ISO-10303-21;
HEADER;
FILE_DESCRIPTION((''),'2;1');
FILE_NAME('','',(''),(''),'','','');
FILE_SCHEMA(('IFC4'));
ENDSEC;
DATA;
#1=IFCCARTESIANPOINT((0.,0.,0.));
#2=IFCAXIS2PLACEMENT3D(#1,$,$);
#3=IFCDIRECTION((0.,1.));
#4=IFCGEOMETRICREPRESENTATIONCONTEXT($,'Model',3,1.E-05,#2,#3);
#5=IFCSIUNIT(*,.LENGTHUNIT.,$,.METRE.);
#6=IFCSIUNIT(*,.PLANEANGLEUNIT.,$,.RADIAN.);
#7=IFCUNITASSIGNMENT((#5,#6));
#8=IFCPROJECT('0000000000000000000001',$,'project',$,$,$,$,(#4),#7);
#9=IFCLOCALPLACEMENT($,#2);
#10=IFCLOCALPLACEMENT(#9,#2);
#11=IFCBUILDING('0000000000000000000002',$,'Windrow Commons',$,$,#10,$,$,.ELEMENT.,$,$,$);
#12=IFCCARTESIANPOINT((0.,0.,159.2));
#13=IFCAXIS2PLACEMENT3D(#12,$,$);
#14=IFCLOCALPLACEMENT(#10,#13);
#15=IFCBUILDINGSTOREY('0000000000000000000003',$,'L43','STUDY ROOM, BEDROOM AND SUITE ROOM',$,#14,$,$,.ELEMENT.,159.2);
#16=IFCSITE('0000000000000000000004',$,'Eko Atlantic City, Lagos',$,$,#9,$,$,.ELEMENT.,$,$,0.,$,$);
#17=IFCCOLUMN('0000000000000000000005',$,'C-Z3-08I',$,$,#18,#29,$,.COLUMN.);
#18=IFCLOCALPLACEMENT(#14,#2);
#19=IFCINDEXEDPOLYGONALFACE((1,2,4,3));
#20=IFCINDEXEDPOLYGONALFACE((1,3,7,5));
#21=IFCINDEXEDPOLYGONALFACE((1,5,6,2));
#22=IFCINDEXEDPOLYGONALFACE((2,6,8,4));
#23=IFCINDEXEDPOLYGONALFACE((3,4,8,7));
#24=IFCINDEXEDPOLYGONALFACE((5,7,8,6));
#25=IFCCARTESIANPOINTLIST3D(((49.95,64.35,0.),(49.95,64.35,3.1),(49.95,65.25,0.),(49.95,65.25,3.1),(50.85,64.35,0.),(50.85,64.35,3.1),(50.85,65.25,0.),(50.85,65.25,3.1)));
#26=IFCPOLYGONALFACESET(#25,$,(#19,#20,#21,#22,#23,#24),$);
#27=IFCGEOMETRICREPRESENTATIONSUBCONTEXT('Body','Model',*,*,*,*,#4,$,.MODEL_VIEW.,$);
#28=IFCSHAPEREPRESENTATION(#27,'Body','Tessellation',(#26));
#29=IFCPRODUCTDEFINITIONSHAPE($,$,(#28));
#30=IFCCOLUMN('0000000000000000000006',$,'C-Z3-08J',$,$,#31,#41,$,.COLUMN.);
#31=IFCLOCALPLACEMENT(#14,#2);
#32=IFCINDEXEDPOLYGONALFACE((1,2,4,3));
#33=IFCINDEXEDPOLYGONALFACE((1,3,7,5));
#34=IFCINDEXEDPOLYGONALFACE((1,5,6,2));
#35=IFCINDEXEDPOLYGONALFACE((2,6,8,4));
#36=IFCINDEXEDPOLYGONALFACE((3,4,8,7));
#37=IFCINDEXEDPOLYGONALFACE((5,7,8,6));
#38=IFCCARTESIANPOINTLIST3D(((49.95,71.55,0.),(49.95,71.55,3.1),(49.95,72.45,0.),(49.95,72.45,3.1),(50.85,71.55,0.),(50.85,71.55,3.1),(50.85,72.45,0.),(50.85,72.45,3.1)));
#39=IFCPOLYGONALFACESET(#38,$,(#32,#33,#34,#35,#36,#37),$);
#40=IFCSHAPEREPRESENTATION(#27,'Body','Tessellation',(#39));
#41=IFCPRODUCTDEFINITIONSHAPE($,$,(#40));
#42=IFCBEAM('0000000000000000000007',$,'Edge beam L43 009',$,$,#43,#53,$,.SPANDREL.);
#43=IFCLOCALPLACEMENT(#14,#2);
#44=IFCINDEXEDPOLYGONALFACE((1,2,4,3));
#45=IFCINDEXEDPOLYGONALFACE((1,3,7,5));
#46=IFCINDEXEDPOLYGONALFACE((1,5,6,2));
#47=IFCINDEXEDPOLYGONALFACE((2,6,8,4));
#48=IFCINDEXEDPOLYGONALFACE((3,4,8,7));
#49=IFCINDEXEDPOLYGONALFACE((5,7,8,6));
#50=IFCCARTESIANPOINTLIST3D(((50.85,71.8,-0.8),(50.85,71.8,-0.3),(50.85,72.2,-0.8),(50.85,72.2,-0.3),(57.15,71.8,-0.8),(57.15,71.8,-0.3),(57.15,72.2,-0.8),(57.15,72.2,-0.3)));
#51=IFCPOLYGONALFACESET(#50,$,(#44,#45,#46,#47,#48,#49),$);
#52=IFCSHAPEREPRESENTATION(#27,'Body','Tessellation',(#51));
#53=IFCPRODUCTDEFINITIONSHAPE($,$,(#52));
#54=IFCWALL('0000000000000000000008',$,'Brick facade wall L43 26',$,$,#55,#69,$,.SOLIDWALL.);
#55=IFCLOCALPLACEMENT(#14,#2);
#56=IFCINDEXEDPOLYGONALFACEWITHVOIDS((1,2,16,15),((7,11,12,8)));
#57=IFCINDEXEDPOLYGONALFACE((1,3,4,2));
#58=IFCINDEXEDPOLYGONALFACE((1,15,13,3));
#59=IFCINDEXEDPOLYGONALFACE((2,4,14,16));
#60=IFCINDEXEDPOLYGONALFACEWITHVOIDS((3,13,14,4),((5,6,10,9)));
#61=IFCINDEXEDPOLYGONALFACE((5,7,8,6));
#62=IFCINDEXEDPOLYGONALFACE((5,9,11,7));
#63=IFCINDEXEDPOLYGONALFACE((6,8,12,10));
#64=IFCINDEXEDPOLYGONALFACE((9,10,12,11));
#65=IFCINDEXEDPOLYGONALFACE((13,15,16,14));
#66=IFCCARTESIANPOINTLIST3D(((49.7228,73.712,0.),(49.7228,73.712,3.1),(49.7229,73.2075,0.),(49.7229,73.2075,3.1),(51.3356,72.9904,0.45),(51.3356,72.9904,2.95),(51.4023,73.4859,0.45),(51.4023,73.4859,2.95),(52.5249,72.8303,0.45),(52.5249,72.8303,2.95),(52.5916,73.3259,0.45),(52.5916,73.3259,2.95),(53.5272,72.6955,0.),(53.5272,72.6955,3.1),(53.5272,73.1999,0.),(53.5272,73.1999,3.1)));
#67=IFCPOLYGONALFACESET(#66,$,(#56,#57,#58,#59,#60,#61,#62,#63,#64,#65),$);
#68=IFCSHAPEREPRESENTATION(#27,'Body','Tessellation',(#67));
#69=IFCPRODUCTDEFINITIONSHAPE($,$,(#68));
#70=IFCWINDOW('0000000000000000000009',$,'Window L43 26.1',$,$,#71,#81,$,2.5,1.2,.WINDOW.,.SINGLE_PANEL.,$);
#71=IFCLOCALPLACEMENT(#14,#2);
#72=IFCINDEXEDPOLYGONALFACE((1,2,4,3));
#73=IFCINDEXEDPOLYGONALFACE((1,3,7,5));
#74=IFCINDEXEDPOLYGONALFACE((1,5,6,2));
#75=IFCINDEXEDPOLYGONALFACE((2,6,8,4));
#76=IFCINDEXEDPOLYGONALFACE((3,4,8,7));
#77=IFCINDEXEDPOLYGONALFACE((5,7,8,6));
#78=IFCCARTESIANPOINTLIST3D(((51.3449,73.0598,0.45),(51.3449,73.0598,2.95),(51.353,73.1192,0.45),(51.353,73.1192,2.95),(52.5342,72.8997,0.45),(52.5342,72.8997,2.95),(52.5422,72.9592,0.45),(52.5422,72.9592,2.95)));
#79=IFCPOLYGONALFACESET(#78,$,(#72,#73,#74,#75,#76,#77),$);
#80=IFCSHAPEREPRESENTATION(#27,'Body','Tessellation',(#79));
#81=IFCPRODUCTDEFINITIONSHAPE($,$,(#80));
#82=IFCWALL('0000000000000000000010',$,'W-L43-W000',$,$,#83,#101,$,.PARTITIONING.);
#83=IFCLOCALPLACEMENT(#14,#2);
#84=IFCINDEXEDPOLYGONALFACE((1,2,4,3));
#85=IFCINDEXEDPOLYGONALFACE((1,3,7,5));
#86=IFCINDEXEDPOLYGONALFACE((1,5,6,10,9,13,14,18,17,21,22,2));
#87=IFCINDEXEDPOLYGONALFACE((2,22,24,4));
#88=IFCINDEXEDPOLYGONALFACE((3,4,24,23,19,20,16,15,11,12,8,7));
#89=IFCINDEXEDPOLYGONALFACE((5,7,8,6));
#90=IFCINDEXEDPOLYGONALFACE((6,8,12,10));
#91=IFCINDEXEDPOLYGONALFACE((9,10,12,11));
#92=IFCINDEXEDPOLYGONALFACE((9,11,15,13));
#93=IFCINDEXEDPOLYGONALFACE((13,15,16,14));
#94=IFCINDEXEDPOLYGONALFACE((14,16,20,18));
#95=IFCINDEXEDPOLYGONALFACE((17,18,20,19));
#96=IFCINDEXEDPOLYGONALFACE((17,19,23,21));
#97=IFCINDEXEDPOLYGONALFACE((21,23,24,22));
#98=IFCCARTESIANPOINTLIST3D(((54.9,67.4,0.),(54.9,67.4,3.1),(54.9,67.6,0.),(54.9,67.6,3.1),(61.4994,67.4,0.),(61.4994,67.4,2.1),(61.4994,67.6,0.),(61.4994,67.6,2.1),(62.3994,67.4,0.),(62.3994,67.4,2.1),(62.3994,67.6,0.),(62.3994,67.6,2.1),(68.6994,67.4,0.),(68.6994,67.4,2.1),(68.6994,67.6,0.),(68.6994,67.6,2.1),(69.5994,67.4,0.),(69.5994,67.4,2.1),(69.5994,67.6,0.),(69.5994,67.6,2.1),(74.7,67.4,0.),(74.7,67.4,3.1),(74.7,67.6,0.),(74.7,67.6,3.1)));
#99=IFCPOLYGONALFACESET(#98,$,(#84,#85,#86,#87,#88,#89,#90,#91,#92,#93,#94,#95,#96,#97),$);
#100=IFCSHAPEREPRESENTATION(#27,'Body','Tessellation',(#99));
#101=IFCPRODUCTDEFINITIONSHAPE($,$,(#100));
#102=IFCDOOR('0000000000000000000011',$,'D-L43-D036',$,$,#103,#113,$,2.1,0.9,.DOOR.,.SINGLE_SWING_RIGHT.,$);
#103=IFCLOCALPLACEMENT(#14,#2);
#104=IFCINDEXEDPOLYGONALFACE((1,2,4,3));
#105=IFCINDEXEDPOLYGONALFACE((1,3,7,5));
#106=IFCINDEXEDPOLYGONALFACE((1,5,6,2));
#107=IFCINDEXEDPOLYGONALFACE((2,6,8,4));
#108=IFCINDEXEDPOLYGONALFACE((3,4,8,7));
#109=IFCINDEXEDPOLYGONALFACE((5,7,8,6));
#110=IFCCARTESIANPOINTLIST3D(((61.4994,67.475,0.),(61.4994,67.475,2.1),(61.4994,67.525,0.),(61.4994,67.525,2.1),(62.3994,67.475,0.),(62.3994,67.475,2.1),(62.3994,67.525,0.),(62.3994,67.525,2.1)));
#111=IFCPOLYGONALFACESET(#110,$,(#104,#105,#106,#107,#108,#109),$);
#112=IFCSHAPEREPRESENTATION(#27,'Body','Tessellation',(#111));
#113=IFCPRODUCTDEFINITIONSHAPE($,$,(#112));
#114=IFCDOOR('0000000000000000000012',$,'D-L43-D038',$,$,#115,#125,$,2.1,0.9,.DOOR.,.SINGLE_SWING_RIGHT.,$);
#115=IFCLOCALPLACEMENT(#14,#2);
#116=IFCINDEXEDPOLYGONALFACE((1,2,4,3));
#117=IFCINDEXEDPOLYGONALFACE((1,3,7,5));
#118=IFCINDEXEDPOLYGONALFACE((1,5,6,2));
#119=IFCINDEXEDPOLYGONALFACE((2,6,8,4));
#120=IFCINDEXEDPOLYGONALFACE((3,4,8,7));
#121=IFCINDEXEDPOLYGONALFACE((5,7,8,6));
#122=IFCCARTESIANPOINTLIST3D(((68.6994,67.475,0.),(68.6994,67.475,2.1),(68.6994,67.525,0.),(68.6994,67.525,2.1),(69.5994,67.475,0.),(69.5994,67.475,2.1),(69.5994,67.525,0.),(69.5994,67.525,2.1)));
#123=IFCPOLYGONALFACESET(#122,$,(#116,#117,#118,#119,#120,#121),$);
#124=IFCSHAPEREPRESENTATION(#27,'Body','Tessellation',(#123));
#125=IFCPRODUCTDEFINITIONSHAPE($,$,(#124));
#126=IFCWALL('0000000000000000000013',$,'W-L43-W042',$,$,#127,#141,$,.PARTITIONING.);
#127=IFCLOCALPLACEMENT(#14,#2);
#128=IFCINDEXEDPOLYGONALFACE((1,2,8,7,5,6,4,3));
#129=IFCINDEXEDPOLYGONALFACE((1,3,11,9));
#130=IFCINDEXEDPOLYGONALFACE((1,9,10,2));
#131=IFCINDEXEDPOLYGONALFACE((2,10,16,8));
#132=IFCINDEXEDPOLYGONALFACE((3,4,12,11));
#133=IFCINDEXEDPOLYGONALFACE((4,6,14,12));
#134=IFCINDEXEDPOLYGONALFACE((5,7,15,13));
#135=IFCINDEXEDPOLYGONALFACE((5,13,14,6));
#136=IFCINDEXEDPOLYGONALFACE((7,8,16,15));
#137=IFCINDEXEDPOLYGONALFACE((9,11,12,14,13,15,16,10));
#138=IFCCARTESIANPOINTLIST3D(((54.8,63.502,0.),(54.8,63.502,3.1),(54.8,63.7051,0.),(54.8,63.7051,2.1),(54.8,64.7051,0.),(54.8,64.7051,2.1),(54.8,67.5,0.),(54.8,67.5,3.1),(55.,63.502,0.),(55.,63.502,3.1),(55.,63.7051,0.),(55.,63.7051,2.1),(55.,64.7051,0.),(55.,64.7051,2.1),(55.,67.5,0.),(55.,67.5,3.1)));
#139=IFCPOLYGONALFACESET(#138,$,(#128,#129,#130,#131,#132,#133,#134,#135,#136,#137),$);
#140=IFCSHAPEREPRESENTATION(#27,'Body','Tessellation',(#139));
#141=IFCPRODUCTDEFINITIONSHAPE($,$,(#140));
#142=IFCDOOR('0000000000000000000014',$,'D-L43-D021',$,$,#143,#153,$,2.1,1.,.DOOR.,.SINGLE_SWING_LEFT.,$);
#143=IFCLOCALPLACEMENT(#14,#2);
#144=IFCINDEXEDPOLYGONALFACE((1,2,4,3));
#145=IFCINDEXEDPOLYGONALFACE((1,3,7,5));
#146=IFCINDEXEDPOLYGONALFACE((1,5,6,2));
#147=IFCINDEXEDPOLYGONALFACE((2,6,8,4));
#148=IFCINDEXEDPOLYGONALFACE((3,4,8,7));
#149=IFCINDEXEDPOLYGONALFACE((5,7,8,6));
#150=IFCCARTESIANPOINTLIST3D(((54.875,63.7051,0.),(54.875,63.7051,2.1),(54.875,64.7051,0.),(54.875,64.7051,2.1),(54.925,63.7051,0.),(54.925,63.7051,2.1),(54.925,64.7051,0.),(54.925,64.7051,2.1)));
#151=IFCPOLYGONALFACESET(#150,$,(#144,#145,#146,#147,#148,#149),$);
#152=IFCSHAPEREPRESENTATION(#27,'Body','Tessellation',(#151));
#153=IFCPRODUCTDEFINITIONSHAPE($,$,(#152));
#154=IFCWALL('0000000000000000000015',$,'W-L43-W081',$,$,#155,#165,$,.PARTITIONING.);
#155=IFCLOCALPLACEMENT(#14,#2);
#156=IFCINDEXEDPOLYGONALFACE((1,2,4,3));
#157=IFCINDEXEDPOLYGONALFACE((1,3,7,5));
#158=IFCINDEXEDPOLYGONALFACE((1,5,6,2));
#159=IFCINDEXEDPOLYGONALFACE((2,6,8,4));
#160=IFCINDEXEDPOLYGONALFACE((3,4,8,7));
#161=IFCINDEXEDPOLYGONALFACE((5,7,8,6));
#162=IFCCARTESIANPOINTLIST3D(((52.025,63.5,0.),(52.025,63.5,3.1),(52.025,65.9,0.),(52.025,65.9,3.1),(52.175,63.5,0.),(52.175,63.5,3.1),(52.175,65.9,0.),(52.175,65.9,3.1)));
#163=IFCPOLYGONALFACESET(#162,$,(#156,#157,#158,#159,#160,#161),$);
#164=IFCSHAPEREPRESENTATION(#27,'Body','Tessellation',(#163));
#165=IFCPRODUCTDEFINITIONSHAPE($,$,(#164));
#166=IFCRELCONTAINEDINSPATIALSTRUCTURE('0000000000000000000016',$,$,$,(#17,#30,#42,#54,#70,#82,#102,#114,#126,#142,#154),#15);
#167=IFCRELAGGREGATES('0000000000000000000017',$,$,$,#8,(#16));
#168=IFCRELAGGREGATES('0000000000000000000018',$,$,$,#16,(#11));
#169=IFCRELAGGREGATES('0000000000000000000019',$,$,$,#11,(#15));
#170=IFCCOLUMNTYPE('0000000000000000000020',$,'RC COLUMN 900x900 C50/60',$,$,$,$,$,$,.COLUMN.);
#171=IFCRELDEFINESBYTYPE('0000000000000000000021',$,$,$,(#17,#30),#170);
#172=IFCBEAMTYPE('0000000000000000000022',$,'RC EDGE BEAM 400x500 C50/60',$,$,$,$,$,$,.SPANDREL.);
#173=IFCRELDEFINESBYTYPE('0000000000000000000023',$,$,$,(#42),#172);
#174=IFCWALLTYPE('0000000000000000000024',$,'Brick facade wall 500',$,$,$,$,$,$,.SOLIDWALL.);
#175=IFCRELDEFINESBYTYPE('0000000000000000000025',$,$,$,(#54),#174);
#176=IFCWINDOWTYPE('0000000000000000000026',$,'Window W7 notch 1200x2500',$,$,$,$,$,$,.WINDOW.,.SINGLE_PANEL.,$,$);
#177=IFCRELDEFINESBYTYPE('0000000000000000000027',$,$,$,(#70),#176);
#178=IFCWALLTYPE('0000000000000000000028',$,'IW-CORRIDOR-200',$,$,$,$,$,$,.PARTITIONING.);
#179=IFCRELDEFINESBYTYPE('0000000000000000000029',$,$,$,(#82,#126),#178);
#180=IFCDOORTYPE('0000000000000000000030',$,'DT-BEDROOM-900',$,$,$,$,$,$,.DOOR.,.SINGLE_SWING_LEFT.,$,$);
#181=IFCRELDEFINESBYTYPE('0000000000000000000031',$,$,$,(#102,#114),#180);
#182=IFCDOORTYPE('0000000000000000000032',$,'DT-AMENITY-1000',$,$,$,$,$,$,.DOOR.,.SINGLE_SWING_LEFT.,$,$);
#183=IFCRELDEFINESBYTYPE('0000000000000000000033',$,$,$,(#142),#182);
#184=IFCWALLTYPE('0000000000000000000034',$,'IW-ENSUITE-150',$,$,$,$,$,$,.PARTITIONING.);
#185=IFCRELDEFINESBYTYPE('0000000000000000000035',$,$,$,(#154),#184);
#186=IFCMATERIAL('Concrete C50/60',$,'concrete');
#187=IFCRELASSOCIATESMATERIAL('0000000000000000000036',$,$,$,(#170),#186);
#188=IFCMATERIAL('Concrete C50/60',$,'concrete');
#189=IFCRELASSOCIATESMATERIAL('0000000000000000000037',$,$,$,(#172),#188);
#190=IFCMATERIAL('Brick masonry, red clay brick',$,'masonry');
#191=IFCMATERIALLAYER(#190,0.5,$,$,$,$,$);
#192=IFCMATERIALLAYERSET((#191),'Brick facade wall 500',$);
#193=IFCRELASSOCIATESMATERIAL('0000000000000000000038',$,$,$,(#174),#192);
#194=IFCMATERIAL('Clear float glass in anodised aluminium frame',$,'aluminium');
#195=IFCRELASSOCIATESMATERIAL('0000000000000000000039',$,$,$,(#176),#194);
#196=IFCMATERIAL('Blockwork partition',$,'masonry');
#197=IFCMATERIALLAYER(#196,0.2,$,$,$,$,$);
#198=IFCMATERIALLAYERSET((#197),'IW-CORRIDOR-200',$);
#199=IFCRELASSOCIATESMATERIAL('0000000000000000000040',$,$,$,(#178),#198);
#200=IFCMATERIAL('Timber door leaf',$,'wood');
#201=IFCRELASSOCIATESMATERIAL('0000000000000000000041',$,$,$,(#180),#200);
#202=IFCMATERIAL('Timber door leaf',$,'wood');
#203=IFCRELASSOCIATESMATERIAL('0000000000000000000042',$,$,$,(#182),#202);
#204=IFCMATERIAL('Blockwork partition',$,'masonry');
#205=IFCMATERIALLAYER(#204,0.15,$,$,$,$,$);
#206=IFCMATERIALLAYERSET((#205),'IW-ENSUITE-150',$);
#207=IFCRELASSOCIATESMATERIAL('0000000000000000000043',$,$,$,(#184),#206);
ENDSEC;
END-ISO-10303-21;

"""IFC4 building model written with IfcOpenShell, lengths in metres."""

from ifc_helpers import new_model, si_unit, direction, frame, frame_2d, origin, origin_2d, place, context, subcontext, project, spatial, polyline, rectangle, outline, extrude, material, layer, layer_set, material_profile, profile_set, type_object, element, fill, save


model = new_model("IFC4")

# Units and contexts
model_context = context("Model", 3, precision=1e-05, world=origin(), true_north=direction((0.0, 1.0)))
body_context = subcontext(model_context, "Body", "Model", "MODEL_VIEW")
ifc_project = project(units=[si_unit("LENGTHUNIT", "METRE"), si_unit("PLANEANGLEUNIT", "RADIAN")], contexts=[model_context])

# Site, building, storey
site_placement = place(None, origin())
site = spatial("IfcSite", under=ifc_project, at=site_placement, Name="Eko Atlantic City, Lagos", CompositionType="ELEMENT", RefElevation=0.0)
building_placement = place(site_placement, origin())
building = spatial("IfcBuilding", under=site, at=building_placement, Name="Windrow Commons", CompositionType="ELEMENT")
storey_placement = place(building_placement, frame((0.0, 0.0, 159.2)))
storey = spatial("IfcBuildingStorey", under=building, at=storey_placement, Name="L43", Description="STUDY ROOM, BEDROOM AND SUITE ROOM", CompositionType="ELEMENT", Elevation=159.2)

# Columns
ifc_material_1 = material(Name="Concrete C50/60", Category="concrete")
ifc_material_profile_1 = material_profile(ifc_material_1, rectangle(XDim=0.9, YDim=0.9, at=origin_2d()))
ifc_profile_set_1 = profile_set([ifc_material_profile_1], Name="Concrete C50/60")
column_type = type_object("IfcColumnType", Name="RC COLUMN 900x900 C50/60", PredefinedType="COLUMN", material=ifc_profile_set_1)
for number, where, z_axis, x_axis, name in (
    (1, (50.4, 64.8, 0.0), (0.0, 0.0, 1.0), (1.0, 0.0, 0.0), "C-Z3-08I"),
    (2, (50.4, 72.0, 0.0), (0.0, 0.0, 1.0), (1.0, 0.0, 0.0), "C-Z3-08J"),
):
    element("IfcColumn", number, at=place(storey_placement, frame(where, z_axis=z_axis, x_axis=x_axis)), inside=storey, type_object=column_type, Name=name, PredefinedType="COLUMN", context=body_context, shape_type="SweptSolid", body=[
        extrude(rectangle(XDim=0.9, YDim=0.9, at=origin_2d()), origin(), (0.0, 0.0, 1.0), 3.1),
    ])

# Beam
ifc_material_2 = material(Name="Concrete C50/60", Category="concrete")
ifc_material_profile_2 = material_profile(ifc_material_2, rectangle(XDim=0.4, YDim=0.5, at=origin_2d()))
ifc_profile_set_2 = profile_set([ifc_material_profile_2], Name="Concrete C50/60")
beam_type = type_object("IfcBeamType", Name="RC EDGE BEAM 400x500 C50/60", PredefinedType="SPANDREL", material=ifc_profile_set_2)
beam_placement = place(storey_placement, frame((50.85, 72.0, -0.55), z_axis=(1.0, 0.0, 0.0), x_axis=(0.0, 1.0, 0.0)))
element("IfcBeam", 3, at=beam_placement, inside=storey, type_object=beam_type, Name="Edge beam L43 009", PredefinedType="SPANDREL", context=body_context, shape_type="SweptSolid", body=[
    extrude(rectangle(XDim=0.4, YDim=0.5, at=origin_2d()), origin(), (0.0, 0.0, 1.0), 6.3),
])

# Wall, opening, window
ifc_material_3 = material(Name="Brick masonry, red clay brick", Category="masonry")
ifc_layer_1 = layer(ifc_material_3, 0.5)
ifc_layer_set_1 = layer_set([ifc_layer_1], Name="Brick facade wall 500")
wall_type_1 = type_object("IfcWallType", Name="Brick facade wall 500", PredefinedType="SOLIDWALL", material=ifc_layer_set_1)
wall_1_placement = place(storey_placement, frame((53.5272, 72.9477, 0.0), z_axis=(0.0, 0.0, 1.0), x_axis=(-0.991065, 0.133382, 0.0)))
wall_1 = element("IfcWall", 4, at=wall_1_placement, inside=storey, type_object=wall_type_1, Name="Brick facade wall L43 26", PredefinedType="SOLIDWALL", context=body_context, shape_type="SweptSolid", body=[
    extrude(outline(polyline([(0.0336, -0.25), (3.8723, -0.25), (3.805, 0.25), (-0.0336, 0.25), (0.0336, -0.25)])), origin(), (0.0, 0.0, 1.0), 3.1),
])
opening_1_placement = place(wall_1_placement, frame((0.9777, 0.0, 0.45)))
opening_1 = element("IfcOpeningElement", 5, at=opening_1_placement, cuts=wall_1, PredefinedType="OPENING", context=body_context, shape_type="SweptSolid", body=[
    extrude(rectangle(XDim=1.2, YDim=2.5, at=frame_2d((0.6, 1.25))), frame((0.0, 0.26, 0.0), z_axis=(0.0, -1.0, 0.0), x_axis=(1.0, 0.0, 0.0)), (0.0, 0.0, 1.0), 0.52),
])
ifc_material_4 = material(Name="Clear float glass in anodised aluminium frame", Category="aluminium")
window_type = type_object("IfcWindowType", Name="Window W7 notch 1200x2500", PartitioningType="SINGLE_PANEL", PredefinedType="WINDOW", material=ifc_material_4)
window_placement = place(opening_1_placement, origin())
window = element("IfcWindow", 6, at=window_placement, inside=storey, type_object=window_type, Name="Window L43 26.1", OverallHeight=2.5, OverallWidth=1.2, PartitioningType="SINGLE_PANEL", PredefinedType="WINDOW", context=body_context, shape_type="SweptSolid", body=[
    extrude(rectangle(XDim=1.2, YDim=2.5, at=frame_2d((0.6, 1.25))), frame((0.0, 0.18, 0.0), z_axis=(0.0, -1.0, 0.0), x_axis=(1.0, 0.0, 0.0)), (0.0, 0.0, 1.0), 0.06),
])
fill(opening_1, window)

# Wall, openings, doors
ifc_material_5 = material(Name="Blockwork partition", Category="masonry")
ifc_layer_2 = layer(ifc_material_5, 0.2)
ifc_layer_set_2 = layer_set([ifc_layer_2], Name="IW-CORRIDOR-200")
wall_type_2 = type_object("IfcWallType", Name="IW-CORRIDOR-200", PredefinedType="PARTITIONING", material=ifc_layer_set_2)
wall_2_placement = place(storey_placement, frame((54.9, 67.5, 0.0), z_axis=(0.0, 0.0, 1.0), x_axis=(1.0, 0.0, 0.0)))
wall_2 = element("IfcWall", 7, at=wall_2_placement, inside=storey, type_object=wall_type_2, Name="W-L43-W000", PredefinedType="PARTITIONING", context=body_context, shape_type="SweptSolid", body=[
    extrude(rectangle(XDim=19.8, YDim=0.2, at=frame_2d((9.9, 0.0))), origin(), (0.0, 0.0, 1.0), 3.1),
])
opening_2_placement = place(wall_2_placement, frame((6.5994, 0.0, 0.0)))
opening_2 = element("IfcOpeningElement", 8, at=opening_2_placement, cuts=wall_2, PredefinedType="OPENING", context=body_context, shape_type="SweptSolid", body=[
    extrude(rectangle(XDim=0.9, YDim=2.1, at=frame_2d((0.45, 1.05))), frame((0.0, 0.11, 0.0), z_axis=(0.0, -1.0, 0.0), x_axis=(1.0, 0.0, 0.0)), (0.0, 0.0, 1.0), 0.22),
])
opening_3_placement = place(wall_2_placement, frame((13.7994, 0.0, 0.0)))
opening_3 = element("IfcOpeningElement", 9, at=opening_3_placement, cuts=wall_2, PredefinedType="OPENING", context=body_context, shape_type="SweptSolid", body=[
    extrude(rectangle(XDim=0.9, YDim=2.1, at=frame_2d((0.45, 1.05))), frame((0.0, 0.11, 0.0), z_axis=(0.0, -1.0, 0.0), x_axis=(1.0, 0.0, 0.0)), (0.0, 0.0, 1.0), 0.22),
])
ifc_material_6 = material(Name="Timber door leaf", Category="wood")
door_type_1 = type_object("IfcDoorType", Name="DT-BEDROOM-900", OperationType="SINGLE_SWING_LEFT", PredefinedType="DOOR", material=ifc_material_6)
door_1_placement = place(opening_2_placement, origin())
door_1 = element("IfcDoor", 10, at=door_1_placement, inside=storey, type_object=door_type_1, Name="D-L43-D036", OperationType="SINGLE_SWING_RIGHT", OverallHeight=2.1, OverallWidth=0.9, PredefinedType="DOOR", context=body_context, shape_type="SweptSolid", body=[
    extrude(rectangle(XDim=0.9, YDim=2.1, at=frame_2d((0.45, 1.05))), frame((0.0, 0.025, 0.0), z_axis=(0.0, -1.0, 0.0), x_axis=(1.0, 0.0, 0.0)), (0.0, 0.0, 1.0), 0.05),
])
fill(opening_2, door_1)
door_2_placement = place(opening_3_placement, origin())
door_2 = element("IfcDoor", 11, at=door_2_placement, inside=storey, type_object=door_type_1, Name="D-L43-D038", OperationType="SINGLE_SWING_RIGHT", OverallHeight=2.1, OverallWidth=0.9, PredefinedType="DOOR", context=body_context, shape_type="SweptSolid", body=[
    extrude(rectangle(XDim=0.9, YDim=2.1, at=frame_2d((0.45, 1.05))), frame((0.0, 0.025, 0.0), z_axis=(0.0, -1.0, 0.0), x_axis=(1.0, 0.0, 0.0)), (0.0, 0.0, 1.0), 0.05),
])
fill(opening_3, door_2)

# Wall, opening, door
wall_3_placement = place(storey_placement, frame((54.9, 63.502, 0.0), z_axis=(0.0, 0.0, 1.0), x_axis=(0.0, 1.0, 0.0)))
wall_3 = element("IfcWall", 12, at=wall_3_placement, inside=storey, type_object=wall_type_2, Name="W-L43-W042", PredefinedType="PARTITIONING", context=body_context, shape_type="SweptSolid", body=[
    extrude(rectangle(XDim=3.998, YDim=0.2, at=frame_2d((1.999, 0.0))), origin(), (0.0, 0.0, 1.0), 3.1),
])
opening_4_placement = place(wall_3_placement, frame((0.2031, 0.0, 0.0)))
opening_4 = element("IfcOpeningElement", 13, at=opening_4_placement, cuts=wall_3, PredefinedType="OPENING", context=body_context, shape_type="SweptSolid", body=[
    extrude(rectangle(XDim=1.0, YDim=2.1, at=frame_2d((0.5, 1.05))), frame((0.0, 0.11, 0.0), z_axis=(0.0, -1.0, 0.0), x_axis=(1.0, 0.0, 0.0)), (0.0, 0.0, 1.0), 0.22),
])
ifc_material_7 = material(Name="Timber door leaf", Category="wood")
door_type_2 = type_object("IfcDoorType", Name="DT-AMENITY-1000", OperationType="SINGLE_SWING_LEFT", PredefinedType="DOOR", material=ifc_material_7)
door_3_placement = place(opening_4_placement, origin())
door_3 = element("IfcDoor", 14, at=door_3_placement, inside=storey, type_object=door_type_2, Name="D-L43-D021", OperationType="SINGLE_SWING_LEFT", OverallHeight=2.1, OverallWidth=1.0, PredefinedType="DOOR", context=body_context, shape_type="SweptSolid", body=[
    extrude(rectangle(XDim=1.0, YDim=2.1, at=frame_2d((0.5, 1.05))), frame((0.0, 0.025, 0.0), z_axis=(0.0, -1.0, 0.0), x_axis=(1.0, 0.0, 0.0)), (0.0, 0.0, 1.0), 0.05),
])
fill(opening_4, door_3)

# Wall
ifc_material_8 = material(Name="Blockwork partition", Category="masonry")
ifc_layer_3 = layer(ifc_material_8, 0.15)
ifc_layer_set_3 = layer_set([ifc_layer_3], Name="IW-ENSUITE-150")
wall_type_3 = type_object("IfcWallType", Name="IW-ENSUITE-150", PredefinedType="PARTITIONING", material=ifc_layer_set_3)
for number, where, z_axis, x_axis, name in (
    (15, (52.1, 63.5, 0.0), (0.0, 0.0, 1.0), (0.0, 1.0, 0.0), "W-L43-W081"),
):
    element("IfcWall", number, at=place(storey_placement, frame(where, z_axis=z_axis, x_axis=x_axis)), inside=storey, type_object=wall_type_3, Name=name, PredefinedType="PARTITIONING", context=body_context, shape_type="SweptSolid", body=[
        extrude(rectangle(XDim=2.4, YDim=0.15, at=frame_2d((1.2, 0.0))), origin(), (0.0, 0.0, 1.0), 3.1),
    ])

save(model, "model.ifc")
